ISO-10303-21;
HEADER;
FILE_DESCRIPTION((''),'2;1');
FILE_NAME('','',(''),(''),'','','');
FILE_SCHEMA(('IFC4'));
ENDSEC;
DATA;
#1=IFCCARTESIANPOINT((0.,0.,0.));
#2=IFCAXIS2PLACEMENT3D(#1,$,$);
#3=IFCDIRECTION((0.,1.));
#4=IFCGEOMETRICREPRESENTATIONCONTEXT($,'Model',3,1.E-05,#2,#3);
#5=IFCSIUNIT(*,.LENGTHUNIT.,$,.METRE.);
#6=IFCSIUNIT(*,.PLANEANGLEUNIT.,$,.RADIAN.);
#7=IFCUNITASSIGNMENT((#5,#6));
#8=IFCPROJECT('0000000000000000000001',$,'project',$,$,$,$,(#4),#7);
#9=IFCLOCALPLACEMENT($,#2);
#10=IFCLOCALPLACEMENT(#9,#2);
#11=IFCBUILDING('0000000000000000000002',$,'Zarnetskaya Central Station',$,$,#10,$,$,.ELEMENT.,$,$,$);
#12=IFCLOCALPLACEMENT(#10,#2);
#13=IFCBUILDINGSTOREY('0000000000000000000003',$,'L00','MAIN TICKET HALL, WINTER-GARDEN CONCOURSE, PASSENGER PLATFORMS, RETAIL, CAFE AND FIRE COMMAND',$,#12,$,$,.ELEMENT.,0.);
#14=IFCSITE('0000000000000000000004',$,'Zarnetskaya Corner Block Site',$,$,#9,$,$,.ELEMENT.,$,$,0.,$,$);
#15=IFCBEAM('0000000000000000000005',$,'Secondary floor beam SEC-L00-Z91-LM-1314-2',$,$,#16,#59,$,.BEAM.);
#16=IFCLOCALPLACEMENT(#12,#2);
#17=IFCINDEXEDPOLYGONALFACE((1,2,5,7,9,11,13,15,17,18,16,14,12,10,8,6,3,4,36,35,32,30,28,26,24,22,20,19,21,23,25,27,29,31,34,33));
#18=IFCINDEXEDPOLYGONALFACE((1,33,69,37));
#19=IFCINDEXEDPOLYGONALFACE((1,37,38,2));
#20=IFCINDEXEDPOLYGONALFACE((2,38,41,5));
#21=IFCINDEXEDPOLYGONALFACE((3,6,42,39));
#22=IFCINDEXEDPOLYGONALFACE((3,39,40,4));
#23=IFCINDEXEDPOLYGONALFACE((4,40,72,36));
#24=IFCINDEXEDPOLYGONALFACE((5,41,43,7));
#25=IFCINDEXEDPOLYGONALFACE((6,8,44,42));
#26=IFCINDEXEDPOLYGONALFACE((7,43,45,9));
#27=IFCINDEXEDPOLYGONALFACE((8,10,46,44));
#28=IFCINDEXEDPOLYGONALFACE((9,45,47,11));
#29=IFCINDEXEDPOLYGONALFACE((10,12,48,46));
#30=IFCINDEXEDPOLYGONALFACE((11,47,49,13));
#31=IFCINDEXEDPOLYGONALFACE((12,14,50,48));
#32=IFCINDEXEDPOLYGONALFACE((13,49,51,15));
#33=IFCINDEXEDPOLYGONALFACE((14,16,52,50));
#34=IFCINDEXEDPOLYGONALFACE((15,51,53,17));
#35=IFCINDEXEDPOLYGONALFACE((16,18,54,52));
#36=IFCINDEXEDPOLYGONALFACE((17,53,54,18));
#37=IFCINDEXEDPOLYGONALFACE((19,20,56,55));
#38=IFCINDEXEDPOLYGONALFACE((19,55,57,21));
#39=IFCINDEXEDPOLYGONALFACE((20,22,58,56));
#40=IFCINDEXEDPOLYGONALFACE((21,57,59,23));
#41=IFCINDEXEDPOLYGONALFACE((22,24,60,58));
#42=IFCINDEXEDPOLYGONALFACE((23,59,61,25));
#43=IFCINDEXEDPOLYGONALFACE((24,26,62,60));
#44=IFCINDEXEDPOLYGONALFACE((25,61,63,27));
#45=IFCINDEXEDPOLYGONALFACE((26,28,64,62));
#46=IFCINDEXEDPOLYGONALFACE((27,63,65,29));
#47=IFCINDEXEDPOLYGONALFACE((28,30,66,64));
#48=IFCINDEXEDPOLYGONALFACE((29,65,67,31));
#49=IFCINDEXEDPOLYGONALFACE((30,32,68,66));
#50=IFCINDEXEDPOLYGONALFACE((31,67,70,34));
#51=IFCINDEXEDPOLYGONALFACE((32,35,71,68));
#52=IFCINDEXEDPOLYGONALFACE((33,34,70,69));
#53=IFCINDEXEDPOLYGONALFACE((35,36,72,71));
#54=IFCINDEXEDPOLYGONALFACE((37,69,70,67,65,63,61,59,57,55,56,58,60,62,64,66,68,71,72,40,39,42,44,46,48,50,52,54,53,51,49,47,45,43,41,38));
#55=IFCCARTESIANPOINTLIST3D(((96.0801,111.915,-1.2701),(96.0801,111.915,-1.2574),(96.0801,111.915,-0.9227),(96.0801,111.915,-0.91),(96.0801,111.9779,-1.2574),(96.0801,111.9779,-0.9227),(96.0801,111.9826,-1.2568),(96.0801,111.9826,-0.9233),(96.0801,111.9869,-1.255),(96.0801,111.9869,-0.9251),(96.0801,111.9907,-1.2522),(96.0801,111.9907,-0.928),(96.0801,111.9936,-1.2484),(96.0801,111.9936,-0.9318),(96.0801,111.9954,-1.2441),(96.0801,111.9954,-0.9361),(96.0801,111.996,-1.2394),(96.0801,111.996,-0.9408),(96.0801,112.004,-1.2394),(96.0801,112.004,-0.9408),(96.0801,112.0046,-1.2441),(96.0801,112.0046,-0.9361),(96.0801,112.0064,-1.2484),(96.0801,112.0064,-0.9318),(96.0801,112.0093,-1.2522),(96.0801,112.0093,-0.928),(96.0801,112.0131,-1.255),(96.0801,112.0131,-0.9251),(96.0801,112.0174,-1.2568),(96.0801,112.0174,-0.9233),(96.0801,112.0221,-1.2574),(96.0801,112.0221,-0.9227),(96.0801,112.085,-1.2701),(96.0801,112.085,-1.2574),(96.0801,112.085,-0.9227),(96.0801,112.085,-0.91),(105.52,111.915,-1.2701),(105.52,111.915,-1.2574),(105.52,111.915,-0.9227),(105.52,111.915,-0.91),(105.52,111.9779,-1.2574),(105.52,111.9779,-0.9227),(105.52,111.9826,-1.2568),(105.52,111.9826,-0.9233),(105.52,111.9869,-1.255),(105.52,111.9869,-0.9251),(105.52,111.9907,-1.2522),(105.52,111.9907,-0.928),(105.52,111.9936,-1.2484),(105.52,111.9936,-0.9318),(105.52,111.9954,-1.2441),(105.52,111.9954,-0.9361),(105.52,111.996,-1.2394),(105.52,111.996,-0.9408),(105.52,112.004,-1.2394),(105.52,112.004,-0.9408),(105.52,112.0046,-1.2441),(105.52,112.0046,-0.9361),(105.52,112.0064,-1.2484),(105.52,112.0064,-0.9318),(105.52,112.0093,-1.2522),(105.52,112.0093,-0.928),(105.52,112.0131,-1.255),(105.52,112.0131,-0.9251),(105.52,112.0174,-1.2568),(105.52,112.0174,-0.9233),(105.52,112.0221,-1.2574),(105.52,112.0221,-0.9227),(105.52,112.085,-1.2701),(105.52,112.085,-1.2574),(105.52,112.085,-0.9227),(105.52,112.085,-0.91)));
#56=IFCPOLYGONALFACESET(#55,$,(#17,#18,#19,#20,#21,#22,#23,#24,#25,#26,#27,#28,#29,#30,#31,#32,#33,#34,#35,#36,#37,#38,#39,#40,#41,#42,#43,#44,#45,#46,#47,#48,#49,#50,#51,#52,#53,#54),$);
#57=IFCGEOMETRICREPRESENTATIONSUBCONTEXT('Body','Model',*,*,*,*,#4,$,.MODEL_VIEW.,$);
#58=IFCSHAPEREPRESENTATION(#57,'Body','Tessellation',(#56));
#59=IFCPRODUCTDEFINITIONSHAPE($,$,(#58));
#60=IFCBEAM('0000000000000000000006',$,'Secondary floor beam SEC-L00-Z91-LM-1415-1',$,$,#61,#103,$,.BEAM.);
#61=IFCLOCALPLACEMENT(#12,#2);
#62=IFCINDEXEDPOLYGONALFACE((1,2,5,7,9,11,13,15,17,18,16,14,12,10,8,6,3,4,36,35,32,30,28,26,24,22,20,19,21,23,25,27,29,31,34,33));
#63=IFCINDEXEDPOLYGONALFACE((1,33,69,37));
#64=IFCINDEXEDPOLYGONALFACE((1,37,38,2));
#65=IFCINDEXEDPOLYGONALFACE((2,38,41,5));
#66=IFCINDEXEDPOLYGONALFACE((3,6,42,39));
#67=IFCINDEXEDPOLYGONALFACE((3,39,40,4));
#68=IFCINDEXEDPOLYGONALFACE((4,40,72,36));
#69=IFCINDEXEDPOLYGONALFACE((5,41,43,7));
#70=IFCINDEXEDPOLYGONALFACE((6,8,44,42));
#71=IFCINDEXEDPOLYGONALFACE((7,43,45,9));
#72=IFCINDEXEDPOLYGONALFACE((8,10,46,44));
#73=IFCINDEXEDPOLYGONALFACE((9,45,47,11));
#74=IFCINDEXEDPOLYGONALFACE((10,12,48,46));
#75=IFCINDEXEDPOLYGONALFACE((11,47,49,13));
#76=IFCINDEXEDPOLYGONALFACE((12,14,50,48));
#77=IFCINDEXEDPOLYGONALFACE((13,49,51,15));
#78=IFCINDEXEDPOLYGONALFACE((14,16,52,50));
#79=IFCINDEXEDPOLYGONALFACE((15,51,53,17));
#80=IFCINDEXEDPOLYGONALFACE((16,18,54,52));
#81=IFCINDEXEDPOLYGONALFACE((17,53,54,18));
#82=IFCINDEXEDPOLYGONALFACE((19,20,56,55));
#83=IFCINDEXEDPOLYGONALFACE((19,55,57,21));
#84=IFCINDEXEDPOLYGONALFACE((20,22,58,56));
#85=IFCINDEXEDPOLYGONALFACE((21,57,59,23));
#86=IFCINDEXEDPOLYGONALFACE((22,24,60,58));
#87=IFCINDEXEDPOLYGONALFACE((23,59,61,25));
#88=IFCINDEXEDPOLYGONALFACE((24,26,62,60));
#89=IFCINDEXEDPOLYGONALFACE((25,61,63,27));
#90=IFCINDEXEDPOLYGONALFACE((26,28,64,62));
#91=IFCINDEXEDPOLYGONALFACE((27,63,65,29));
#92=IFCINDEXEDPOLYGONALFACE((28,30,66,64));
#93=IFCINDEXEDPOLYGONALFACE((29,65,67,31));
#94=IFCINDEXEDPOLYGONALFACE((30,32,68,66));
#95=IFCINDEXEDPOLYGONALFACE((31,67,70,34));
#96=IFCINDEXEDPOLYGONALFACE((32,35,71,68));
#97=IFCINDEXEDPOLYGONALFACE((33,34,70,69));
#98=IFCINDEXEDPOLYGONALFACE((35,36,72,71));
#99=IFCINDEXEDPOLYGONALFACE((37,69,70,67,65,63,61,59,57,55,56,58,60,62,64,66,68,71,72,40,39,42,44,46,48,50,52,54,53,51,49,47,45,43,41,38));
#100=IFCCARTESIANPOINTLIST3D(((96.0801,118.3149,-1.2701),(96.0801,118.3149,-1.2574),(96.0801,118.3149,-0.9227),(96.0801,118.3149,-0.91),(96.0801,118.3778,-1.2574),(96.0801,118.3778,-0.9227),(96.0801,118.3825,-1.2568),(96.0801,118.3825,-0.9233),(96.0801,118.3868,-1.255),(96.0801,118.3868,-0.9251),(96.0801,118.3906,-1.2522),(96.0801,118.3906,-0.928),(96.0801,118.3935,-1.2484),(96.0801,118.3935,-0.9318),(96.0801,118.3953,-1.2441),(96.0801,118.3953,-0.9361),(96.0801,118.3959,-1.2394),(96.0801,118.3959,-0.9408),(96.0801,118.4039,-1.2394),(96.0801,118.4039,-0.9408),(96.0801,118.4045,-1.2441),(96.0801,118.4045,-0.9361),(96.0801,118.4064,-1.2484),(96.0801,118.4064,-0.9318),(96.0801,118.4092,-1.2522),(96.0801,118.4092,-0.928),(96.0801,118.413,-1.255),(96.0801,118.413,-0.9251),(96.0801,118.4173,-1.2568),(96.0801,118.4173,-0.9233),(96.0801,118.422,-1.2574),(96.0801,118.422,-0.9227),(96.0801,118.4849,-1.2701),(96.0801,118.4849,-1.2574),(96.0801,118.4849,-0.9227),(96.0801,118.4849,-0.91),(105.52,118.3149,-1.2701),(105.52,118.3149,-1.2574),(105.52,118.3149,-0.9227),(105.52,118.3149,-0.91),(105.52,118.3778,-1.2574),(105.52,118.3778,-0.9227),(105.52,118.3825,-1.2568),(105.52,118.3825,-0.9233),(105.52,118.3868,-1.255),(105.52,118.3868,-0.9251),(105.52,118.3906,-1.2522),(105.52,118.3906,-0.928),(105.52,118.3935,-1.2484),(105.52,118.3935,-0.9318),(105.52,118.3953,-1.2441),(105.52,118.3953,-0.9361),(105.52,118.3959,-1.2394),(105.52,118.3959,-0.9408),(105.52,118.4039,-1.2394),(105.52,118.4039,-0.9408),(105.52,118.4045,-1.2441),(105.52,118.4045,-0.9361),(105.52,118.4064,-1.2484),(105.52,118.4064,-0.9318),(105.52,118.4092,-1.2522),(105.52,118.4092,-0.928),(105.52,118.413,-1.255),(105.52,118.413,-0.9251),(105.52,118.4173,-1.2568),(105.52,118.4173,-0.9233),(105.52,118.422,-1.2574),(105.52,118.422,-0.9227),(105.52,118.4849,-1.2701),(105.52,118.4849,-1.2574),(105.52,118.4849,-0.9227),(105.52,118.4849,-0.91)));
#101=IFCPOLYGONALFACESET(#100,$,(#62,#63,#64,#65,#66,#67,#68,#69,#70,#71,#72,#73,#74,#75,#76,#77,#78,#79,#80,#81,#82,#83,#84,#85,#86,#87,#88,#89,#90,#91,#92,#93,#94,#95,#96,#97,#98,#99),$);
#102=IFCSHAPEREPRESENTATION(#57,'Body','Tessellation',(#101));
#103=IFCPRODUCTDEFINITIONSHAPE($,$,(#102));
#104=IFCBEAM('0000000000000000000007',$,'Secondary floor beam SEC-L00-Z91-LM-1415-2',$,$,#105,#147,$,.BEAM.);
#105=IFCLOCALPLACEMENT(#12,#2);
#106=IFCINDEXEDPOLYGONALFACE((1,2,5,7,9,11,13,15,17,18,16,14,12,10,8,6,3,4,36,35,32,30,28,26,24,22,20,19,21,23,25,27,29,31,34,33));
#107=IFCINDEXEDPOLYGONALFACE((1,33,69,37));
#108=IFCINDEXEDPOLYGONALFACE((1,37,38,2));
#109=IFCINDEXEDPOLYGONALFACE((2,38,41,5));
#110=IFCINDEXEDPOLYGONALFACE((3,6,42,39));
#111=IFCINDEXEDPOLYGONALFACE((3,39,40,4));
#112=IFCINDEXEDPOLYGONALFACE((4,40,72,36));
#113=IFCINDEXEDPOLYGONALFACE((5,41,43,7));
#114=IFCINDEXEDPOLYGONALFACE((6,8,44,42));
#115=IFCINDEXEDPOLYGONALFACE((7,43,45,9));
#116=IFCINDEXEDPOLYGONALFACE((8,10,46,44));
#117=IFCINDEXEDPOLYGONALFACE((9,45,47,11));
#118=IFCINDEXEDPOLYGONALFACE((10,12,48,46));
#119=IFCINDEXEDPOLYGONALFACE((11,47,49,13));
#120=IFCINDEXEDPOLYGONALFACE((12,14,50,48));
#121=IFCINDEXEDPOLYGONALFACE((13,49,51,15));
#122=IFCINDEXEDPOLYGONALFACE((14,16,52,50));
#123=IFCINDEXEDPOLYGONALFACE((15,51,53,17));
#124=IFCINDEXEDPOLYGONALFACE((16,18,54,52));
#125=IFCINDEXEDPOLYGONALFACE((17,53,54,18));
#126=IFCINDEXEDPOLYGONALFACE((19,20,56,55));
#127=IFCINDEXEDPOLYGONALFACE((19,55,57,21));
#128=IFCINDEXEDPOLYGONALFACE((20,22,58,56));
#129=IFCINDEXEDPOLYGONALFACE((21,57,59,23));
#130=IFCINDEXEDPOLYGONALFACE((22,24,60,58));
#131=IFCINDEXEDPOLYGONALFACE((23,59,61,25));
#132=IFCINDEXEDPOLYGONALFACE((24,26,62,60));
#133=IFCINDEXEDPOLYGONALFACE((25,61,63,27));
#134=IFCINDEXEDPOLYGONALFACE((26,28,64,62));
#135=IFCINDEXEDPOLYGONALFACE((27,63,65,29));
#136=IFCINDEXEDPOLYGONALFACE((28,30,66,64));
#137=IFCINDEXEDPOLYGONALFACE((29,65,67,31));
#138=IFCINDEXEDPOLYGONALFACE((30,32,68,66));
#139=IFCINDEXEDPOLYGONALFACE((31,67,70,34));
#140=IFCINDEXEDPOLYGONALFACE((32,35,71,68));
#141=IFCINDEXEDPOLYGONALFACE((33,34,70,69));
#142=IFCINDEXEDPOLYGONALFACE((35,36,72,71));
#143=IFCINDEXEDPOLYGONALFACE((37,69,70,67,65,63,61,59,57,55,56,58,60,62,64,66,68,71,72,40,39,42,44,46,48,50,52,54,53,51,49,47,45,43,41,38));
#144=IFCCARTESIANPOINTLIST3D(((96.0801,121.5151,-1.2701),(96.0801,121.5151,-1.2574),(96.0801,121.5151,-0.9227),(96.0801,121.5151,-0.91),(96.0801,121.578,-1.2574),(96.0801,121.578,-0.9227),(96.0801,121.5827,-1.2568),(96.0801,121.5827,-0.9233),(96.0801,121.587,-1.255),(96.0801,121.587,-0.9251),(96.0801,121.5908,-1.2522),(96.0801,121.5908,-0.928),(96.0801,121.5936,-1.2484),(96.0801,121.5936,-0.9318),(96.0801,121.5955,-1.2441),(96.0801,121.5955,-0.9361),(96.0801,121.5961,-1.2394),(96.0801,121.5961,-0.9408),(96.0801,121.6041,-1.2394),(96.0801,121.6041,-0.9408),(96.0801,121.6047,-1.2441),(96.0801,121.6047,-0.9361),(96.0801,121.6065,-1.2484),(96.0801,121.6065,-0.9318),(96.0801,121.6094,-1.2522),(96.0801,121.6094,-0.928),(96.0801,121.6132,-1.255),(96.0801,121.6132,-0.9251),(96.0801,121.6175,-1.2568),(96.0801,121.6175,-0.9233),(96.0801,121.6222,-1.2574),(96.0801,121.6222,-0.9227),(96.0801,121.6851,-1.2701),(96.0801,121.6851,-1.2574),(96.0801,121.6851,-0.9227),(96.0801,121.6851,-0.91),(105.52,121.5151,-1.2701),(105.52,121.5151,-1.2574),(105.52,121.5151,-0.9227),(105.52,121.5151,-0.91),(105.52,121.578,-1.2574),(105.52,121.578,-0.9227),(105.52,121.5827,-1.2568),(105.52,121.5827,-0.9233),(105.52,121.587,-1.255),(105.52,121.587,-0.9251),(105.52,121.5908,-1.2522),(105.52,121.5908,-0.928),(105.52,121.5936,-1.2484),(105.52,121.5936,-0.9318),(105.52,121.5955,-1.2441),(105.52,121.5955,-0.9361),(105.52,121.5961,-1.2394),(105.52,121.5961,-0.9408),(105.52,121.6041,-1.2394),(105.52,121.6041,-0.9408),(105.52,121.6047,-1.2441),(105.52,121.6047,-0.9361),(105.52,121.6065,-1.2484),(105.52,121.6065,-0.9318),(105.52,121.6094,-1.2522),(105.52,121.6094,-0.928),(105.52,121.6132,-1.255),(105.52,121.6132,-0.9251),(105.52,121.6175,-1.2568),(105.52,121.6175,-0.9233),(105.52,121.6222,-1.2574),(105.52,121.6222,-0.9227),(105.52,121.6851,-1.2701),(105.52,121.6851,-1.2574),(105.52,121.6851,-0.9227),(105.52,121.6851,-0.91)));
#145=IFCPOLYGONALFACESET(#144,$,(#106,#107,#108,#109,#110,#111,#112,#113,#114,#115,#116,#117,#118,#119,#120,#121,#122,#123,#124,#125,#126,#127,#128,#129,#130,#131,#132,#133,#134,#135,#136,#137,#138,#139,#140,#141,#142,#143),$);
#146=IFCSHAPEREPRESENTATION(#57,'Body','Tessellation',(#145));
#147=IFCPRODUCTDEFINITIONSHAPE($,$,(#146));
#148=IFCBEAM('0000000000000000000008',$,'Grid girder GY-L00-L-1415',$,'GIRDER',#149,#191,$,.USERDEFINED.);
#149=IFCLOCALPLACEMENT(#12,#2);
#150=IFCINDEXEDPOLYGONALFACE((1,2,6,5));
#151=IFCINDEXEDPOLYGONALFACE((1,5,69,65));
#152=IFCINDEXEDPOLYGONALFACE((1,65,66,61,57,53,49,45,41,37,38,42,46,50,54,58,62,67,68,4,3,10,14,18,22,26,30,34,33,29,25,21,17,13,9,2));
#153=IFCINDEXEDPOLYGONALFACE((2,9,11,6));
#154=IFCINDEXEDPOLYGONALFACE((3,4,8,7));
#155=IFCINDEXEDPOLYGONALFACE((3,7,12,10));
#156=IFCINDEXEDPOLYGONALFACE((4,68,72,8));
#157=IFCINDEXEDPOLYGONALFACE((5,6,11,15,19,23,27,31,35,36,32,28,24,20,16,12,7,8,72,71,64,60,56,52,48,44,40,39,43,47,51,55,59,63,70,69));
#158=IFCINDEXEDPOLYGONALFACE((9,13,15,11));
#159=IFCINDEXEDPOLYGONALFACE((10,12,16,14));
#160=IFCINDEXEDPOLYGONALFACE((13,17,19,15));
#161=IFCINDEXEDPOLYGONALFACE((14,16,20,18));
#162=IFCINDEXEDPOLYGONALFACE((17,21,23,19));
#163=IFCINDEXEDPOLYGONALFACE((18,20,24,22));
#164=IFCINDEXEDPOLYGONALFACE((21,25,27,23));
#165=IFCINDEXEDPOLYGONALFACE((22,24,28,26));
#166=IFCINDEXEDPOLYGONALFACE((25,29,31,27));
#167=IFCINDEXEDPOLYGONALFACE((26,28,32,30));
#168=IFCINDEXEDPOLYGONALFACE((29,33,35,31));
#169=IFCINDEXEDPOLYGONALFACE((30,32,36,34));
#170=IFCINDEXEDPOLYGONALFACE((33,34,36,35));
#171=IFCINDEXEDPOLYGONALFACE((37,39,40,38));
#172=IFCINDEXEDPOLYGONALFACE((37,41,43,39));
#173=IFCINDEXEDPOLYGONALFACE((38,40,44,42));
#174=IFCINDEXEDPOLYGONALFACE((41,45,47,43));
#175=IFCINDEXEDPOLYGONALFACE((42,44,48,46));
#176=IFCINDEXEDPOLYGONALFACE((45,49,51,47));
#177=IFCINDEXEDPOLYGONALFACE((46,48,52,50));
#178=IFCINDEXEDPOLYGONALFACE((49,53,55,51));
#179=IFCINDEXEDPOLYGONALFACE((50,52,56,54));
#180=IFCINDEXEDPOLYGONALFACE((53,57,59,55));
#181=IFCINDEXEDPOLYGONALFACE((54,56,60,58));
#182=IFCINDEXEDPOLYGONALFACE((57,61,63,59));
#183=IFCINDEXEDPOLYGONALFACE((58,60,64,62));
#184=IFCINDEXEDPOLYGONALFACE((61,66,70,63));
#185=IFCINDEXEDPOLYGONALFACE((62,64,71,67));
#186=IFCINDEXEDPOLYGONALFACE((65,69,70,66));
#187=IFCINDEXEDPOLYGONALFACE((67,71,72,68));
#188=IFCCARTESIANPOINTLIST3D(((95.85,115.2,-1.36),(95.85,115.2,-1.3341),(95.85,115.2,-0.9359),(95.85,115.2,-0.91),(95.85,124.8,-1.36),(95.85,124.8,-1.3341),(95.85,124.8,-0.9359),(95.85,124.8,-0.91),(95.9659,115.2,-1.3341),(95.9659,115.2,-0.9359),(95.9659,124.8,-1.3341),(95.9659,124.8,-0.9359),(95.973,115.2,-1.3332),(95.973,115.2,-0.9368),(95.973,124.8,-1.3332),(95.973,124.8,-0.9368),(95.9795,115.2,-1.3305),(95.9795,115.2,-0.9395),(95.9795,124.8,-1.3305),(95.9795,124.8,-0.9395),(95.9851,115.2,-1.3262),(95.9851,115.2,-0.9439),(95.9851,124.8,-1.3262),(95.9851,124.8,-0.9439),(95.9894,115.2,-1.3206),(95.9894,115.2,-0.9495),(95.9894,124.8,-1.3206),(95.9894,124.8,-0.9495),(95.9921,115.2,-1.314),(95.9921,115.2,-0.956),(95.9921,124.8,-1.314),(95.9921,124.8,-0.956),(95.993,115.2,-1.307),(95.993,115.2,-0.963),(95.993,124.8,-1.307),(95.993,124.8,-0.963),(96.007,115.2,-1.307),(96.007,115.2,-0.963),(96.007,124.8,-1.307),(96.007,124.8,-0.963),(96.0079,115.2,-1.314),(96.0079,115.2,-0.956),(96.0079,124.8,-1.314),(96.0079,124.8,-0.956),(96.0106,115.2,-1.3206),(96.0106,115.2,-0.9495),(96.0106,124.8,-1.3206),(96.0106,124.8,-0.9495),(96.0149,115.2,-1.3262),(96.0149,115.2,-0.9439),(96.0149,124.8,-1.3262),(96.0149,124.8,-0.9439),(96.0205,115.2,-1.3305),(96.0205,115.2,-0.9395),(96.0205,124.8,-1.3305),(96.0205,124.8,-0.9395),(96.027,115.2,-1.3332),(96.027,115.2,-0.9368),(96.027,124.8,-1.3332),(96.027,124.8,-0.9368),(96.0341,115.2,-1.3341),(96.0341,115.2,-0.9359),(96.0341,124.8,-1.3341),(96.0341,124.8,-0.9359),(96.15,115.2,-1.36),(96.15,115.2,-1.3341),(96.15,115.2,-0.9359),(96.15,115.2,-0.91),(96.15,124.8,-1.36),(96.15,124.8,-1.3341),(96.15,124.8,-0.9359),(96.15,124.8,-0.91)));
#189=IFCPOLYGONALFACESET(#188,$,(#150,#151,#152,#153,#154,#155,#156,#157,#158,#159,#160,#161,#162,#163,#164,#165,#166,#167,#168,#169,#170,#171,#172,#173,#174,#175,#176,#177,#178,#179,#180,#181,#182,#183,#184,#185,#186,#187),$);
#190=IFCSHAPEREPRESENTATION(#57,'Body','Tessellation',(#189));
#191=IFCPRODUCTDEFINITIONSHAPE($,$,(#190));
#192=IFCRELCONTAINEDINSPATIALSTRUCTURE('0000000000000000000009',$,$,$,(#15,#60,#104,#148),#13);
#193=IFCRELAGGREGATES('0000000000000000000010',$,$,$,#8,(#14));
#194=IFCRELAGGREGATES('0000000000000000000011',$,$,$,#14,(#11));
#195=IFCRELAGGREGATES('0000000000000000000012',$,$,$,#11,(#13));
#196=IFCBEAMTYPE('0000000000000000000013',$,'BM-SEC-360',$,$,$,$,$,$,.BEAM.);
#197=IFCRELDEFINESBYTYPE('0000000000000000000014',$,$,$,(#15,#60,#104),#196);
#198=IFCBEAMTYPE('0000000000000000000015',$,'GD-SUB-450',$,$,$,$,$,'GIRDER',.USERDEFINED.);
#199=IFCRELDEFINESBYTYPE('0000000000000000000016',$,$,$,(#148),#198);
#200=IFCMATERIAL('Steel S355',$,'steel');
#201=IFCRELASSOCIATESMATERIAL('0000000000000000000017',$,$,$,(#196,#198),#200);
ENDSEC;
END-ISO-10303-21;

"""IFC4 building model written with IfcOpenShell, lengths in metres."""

from ifc_helpers import new_model, si_unit, direction, frame, origin, origin_2d, place, context, subcontext, project, spatial, i_section, extrude, material, material_profile, profile_set, type_object, element, save


model = new_model("IFC4")

# Units and contexts
model_context = context("Model", 3, precision=1e-05, world=origin(), true_north=direction((0.0, 1.0)))
body_context = subcontext(model_context, "Body", "Model", "MODEL_VIEW")
ifc_project = project(units=[si_unit("LENGTHUNIT", "METRE"), si_unit("PLANEANGLEUNIT", "RADIAN")], contexts=[model_context])

# Site, building, storey
site_placement = place(None, origin())
site = spatial("IfcSite", under=ifc_project, at=site_placement, Name="Zarnetskaya Corner Block Site", CompositionType="ELEMENT", RefElevation=0.0)
building_placement = place(site_placement, origin())
building = spatial("IfcBuilding", under=site, at=building_placement, Name="Zarnetskaya Central Station", CompositionType="ELEMENT")
storey_placement = place(building_placement, origin())
storey = spatial("IfcBuildingStorey", under=building, at=storey_placement, Name="L00", Description="MAIN TICKET HALL, WINTER-GARDEN CONCOURSE, PASSENGER PLATFORMS, RETAIL, CAFE AND FIRE COMMAND", CompositionType="ELEMENT", Elevation=0.0)

# Shared definitions
ifc_material_1 = material(Name="Steel S355", Category="steel")

# Beams
ifc_material_profile_1 = material_profile(ifc_material_1, i_section(OverallWidth=0.1699, OverallDepth=0.3601, WebThickness=0.0081, FlangeThickness=0.0127, FilletRadius=0.0181, at=origin_2d()), Name="IPE 360")
ifc_profile_set_1 = profile_set([ifc_material_profile_1], Name="Steel S355")
beam_type_1 = type_object("IfcBeamType", Name="BM-SEC-360", PredefinedType="BEAM", material=ifc_profile_set_1)
for number, where, z_axis, x_axis, name in (
    (1, (96.0801, 112.0, -1.0901), (1.0, 0.0, 0.0), (0.0, 1.0, 0.0), "Secondary floor beam SEC-L00-Z91-LM-1314-2"),
    (2, (96.0801, 118.3999, -1.0901), (1.0, 0.0, 0.0), (0.0, 1.0, 0.0), "Secondary floor beam SEC-L00-Z91-LM-1415-1"),
    (3, (96.0801, 121.6001, -1.0901), (1.0, 0.0, 0.0), (0.0, 1.0, 0.0), "Secondary floor beam SEC-L00-Z91-LM-1415-2"),
):
    element("IfcBeam", number, at=place(storey_placement, frame(where, z_axis=z_axis, x_axis=x_axis)), inside=storey, type_object=beam_type_1, Name=name, PredefinedType="BEAM", context=body_context, shape_type="SweptSolid", body=[
        extrude(i_section(OverallWidth=0.1699, OverallDepth=0.3601, WebThickness=0.0081, FlangeThickness=0.0127, FilletRadius=0.0181, at=origin_2d()), origin(), (0.0, 0.0, 1.0), 9.4399),
    ])
ifc_material_profile_2 = material_profile(ifc_material_1, i_section(OverallWidth=0.3, OverallDepth=0.45, WebThickness=0.0139, FlangeThickness=0.0259, FilletRadius=0.0271, at=origin_2d()), Name="HEB 450")
ifc_profile_set_2 = profile_set([ifc_material_profile_2], Name="Steel S355")
beam_type_2 = type_object("IfcBeamType", Name="GD-SUB-450", ElementType="GIRDER", PredefinedType="USERDEFINED", material=ifc_profile_set_2)
beam_1_placement = place(storey_placement, frame((96.0, 115.2, -1.135), z_axis=(0.0, 1.0, 0.0), x_axis=(-1.0, 0.0, 0.0)))
element("IfcBeam", 4, at=beam_1_placement, inside=storey, type_object=beam_type_2, Name="Grid girder GY-L00-L-1415", ObjectType="GIRDER", PredefinedType="USERDEFINED", context=body_context, shape_type="SweptSolid", body=[
    extrude(i_section(OverallWidth=0.3, OverallDepth=0.45, WebThickness=0.0139, FlangeThickness=0.0259, FilletRadius=0.0271, at=origin_2d()), origin(), (0.0, 0.0, 1.0), 9.6001),
])

save(model, "model.ifc")
